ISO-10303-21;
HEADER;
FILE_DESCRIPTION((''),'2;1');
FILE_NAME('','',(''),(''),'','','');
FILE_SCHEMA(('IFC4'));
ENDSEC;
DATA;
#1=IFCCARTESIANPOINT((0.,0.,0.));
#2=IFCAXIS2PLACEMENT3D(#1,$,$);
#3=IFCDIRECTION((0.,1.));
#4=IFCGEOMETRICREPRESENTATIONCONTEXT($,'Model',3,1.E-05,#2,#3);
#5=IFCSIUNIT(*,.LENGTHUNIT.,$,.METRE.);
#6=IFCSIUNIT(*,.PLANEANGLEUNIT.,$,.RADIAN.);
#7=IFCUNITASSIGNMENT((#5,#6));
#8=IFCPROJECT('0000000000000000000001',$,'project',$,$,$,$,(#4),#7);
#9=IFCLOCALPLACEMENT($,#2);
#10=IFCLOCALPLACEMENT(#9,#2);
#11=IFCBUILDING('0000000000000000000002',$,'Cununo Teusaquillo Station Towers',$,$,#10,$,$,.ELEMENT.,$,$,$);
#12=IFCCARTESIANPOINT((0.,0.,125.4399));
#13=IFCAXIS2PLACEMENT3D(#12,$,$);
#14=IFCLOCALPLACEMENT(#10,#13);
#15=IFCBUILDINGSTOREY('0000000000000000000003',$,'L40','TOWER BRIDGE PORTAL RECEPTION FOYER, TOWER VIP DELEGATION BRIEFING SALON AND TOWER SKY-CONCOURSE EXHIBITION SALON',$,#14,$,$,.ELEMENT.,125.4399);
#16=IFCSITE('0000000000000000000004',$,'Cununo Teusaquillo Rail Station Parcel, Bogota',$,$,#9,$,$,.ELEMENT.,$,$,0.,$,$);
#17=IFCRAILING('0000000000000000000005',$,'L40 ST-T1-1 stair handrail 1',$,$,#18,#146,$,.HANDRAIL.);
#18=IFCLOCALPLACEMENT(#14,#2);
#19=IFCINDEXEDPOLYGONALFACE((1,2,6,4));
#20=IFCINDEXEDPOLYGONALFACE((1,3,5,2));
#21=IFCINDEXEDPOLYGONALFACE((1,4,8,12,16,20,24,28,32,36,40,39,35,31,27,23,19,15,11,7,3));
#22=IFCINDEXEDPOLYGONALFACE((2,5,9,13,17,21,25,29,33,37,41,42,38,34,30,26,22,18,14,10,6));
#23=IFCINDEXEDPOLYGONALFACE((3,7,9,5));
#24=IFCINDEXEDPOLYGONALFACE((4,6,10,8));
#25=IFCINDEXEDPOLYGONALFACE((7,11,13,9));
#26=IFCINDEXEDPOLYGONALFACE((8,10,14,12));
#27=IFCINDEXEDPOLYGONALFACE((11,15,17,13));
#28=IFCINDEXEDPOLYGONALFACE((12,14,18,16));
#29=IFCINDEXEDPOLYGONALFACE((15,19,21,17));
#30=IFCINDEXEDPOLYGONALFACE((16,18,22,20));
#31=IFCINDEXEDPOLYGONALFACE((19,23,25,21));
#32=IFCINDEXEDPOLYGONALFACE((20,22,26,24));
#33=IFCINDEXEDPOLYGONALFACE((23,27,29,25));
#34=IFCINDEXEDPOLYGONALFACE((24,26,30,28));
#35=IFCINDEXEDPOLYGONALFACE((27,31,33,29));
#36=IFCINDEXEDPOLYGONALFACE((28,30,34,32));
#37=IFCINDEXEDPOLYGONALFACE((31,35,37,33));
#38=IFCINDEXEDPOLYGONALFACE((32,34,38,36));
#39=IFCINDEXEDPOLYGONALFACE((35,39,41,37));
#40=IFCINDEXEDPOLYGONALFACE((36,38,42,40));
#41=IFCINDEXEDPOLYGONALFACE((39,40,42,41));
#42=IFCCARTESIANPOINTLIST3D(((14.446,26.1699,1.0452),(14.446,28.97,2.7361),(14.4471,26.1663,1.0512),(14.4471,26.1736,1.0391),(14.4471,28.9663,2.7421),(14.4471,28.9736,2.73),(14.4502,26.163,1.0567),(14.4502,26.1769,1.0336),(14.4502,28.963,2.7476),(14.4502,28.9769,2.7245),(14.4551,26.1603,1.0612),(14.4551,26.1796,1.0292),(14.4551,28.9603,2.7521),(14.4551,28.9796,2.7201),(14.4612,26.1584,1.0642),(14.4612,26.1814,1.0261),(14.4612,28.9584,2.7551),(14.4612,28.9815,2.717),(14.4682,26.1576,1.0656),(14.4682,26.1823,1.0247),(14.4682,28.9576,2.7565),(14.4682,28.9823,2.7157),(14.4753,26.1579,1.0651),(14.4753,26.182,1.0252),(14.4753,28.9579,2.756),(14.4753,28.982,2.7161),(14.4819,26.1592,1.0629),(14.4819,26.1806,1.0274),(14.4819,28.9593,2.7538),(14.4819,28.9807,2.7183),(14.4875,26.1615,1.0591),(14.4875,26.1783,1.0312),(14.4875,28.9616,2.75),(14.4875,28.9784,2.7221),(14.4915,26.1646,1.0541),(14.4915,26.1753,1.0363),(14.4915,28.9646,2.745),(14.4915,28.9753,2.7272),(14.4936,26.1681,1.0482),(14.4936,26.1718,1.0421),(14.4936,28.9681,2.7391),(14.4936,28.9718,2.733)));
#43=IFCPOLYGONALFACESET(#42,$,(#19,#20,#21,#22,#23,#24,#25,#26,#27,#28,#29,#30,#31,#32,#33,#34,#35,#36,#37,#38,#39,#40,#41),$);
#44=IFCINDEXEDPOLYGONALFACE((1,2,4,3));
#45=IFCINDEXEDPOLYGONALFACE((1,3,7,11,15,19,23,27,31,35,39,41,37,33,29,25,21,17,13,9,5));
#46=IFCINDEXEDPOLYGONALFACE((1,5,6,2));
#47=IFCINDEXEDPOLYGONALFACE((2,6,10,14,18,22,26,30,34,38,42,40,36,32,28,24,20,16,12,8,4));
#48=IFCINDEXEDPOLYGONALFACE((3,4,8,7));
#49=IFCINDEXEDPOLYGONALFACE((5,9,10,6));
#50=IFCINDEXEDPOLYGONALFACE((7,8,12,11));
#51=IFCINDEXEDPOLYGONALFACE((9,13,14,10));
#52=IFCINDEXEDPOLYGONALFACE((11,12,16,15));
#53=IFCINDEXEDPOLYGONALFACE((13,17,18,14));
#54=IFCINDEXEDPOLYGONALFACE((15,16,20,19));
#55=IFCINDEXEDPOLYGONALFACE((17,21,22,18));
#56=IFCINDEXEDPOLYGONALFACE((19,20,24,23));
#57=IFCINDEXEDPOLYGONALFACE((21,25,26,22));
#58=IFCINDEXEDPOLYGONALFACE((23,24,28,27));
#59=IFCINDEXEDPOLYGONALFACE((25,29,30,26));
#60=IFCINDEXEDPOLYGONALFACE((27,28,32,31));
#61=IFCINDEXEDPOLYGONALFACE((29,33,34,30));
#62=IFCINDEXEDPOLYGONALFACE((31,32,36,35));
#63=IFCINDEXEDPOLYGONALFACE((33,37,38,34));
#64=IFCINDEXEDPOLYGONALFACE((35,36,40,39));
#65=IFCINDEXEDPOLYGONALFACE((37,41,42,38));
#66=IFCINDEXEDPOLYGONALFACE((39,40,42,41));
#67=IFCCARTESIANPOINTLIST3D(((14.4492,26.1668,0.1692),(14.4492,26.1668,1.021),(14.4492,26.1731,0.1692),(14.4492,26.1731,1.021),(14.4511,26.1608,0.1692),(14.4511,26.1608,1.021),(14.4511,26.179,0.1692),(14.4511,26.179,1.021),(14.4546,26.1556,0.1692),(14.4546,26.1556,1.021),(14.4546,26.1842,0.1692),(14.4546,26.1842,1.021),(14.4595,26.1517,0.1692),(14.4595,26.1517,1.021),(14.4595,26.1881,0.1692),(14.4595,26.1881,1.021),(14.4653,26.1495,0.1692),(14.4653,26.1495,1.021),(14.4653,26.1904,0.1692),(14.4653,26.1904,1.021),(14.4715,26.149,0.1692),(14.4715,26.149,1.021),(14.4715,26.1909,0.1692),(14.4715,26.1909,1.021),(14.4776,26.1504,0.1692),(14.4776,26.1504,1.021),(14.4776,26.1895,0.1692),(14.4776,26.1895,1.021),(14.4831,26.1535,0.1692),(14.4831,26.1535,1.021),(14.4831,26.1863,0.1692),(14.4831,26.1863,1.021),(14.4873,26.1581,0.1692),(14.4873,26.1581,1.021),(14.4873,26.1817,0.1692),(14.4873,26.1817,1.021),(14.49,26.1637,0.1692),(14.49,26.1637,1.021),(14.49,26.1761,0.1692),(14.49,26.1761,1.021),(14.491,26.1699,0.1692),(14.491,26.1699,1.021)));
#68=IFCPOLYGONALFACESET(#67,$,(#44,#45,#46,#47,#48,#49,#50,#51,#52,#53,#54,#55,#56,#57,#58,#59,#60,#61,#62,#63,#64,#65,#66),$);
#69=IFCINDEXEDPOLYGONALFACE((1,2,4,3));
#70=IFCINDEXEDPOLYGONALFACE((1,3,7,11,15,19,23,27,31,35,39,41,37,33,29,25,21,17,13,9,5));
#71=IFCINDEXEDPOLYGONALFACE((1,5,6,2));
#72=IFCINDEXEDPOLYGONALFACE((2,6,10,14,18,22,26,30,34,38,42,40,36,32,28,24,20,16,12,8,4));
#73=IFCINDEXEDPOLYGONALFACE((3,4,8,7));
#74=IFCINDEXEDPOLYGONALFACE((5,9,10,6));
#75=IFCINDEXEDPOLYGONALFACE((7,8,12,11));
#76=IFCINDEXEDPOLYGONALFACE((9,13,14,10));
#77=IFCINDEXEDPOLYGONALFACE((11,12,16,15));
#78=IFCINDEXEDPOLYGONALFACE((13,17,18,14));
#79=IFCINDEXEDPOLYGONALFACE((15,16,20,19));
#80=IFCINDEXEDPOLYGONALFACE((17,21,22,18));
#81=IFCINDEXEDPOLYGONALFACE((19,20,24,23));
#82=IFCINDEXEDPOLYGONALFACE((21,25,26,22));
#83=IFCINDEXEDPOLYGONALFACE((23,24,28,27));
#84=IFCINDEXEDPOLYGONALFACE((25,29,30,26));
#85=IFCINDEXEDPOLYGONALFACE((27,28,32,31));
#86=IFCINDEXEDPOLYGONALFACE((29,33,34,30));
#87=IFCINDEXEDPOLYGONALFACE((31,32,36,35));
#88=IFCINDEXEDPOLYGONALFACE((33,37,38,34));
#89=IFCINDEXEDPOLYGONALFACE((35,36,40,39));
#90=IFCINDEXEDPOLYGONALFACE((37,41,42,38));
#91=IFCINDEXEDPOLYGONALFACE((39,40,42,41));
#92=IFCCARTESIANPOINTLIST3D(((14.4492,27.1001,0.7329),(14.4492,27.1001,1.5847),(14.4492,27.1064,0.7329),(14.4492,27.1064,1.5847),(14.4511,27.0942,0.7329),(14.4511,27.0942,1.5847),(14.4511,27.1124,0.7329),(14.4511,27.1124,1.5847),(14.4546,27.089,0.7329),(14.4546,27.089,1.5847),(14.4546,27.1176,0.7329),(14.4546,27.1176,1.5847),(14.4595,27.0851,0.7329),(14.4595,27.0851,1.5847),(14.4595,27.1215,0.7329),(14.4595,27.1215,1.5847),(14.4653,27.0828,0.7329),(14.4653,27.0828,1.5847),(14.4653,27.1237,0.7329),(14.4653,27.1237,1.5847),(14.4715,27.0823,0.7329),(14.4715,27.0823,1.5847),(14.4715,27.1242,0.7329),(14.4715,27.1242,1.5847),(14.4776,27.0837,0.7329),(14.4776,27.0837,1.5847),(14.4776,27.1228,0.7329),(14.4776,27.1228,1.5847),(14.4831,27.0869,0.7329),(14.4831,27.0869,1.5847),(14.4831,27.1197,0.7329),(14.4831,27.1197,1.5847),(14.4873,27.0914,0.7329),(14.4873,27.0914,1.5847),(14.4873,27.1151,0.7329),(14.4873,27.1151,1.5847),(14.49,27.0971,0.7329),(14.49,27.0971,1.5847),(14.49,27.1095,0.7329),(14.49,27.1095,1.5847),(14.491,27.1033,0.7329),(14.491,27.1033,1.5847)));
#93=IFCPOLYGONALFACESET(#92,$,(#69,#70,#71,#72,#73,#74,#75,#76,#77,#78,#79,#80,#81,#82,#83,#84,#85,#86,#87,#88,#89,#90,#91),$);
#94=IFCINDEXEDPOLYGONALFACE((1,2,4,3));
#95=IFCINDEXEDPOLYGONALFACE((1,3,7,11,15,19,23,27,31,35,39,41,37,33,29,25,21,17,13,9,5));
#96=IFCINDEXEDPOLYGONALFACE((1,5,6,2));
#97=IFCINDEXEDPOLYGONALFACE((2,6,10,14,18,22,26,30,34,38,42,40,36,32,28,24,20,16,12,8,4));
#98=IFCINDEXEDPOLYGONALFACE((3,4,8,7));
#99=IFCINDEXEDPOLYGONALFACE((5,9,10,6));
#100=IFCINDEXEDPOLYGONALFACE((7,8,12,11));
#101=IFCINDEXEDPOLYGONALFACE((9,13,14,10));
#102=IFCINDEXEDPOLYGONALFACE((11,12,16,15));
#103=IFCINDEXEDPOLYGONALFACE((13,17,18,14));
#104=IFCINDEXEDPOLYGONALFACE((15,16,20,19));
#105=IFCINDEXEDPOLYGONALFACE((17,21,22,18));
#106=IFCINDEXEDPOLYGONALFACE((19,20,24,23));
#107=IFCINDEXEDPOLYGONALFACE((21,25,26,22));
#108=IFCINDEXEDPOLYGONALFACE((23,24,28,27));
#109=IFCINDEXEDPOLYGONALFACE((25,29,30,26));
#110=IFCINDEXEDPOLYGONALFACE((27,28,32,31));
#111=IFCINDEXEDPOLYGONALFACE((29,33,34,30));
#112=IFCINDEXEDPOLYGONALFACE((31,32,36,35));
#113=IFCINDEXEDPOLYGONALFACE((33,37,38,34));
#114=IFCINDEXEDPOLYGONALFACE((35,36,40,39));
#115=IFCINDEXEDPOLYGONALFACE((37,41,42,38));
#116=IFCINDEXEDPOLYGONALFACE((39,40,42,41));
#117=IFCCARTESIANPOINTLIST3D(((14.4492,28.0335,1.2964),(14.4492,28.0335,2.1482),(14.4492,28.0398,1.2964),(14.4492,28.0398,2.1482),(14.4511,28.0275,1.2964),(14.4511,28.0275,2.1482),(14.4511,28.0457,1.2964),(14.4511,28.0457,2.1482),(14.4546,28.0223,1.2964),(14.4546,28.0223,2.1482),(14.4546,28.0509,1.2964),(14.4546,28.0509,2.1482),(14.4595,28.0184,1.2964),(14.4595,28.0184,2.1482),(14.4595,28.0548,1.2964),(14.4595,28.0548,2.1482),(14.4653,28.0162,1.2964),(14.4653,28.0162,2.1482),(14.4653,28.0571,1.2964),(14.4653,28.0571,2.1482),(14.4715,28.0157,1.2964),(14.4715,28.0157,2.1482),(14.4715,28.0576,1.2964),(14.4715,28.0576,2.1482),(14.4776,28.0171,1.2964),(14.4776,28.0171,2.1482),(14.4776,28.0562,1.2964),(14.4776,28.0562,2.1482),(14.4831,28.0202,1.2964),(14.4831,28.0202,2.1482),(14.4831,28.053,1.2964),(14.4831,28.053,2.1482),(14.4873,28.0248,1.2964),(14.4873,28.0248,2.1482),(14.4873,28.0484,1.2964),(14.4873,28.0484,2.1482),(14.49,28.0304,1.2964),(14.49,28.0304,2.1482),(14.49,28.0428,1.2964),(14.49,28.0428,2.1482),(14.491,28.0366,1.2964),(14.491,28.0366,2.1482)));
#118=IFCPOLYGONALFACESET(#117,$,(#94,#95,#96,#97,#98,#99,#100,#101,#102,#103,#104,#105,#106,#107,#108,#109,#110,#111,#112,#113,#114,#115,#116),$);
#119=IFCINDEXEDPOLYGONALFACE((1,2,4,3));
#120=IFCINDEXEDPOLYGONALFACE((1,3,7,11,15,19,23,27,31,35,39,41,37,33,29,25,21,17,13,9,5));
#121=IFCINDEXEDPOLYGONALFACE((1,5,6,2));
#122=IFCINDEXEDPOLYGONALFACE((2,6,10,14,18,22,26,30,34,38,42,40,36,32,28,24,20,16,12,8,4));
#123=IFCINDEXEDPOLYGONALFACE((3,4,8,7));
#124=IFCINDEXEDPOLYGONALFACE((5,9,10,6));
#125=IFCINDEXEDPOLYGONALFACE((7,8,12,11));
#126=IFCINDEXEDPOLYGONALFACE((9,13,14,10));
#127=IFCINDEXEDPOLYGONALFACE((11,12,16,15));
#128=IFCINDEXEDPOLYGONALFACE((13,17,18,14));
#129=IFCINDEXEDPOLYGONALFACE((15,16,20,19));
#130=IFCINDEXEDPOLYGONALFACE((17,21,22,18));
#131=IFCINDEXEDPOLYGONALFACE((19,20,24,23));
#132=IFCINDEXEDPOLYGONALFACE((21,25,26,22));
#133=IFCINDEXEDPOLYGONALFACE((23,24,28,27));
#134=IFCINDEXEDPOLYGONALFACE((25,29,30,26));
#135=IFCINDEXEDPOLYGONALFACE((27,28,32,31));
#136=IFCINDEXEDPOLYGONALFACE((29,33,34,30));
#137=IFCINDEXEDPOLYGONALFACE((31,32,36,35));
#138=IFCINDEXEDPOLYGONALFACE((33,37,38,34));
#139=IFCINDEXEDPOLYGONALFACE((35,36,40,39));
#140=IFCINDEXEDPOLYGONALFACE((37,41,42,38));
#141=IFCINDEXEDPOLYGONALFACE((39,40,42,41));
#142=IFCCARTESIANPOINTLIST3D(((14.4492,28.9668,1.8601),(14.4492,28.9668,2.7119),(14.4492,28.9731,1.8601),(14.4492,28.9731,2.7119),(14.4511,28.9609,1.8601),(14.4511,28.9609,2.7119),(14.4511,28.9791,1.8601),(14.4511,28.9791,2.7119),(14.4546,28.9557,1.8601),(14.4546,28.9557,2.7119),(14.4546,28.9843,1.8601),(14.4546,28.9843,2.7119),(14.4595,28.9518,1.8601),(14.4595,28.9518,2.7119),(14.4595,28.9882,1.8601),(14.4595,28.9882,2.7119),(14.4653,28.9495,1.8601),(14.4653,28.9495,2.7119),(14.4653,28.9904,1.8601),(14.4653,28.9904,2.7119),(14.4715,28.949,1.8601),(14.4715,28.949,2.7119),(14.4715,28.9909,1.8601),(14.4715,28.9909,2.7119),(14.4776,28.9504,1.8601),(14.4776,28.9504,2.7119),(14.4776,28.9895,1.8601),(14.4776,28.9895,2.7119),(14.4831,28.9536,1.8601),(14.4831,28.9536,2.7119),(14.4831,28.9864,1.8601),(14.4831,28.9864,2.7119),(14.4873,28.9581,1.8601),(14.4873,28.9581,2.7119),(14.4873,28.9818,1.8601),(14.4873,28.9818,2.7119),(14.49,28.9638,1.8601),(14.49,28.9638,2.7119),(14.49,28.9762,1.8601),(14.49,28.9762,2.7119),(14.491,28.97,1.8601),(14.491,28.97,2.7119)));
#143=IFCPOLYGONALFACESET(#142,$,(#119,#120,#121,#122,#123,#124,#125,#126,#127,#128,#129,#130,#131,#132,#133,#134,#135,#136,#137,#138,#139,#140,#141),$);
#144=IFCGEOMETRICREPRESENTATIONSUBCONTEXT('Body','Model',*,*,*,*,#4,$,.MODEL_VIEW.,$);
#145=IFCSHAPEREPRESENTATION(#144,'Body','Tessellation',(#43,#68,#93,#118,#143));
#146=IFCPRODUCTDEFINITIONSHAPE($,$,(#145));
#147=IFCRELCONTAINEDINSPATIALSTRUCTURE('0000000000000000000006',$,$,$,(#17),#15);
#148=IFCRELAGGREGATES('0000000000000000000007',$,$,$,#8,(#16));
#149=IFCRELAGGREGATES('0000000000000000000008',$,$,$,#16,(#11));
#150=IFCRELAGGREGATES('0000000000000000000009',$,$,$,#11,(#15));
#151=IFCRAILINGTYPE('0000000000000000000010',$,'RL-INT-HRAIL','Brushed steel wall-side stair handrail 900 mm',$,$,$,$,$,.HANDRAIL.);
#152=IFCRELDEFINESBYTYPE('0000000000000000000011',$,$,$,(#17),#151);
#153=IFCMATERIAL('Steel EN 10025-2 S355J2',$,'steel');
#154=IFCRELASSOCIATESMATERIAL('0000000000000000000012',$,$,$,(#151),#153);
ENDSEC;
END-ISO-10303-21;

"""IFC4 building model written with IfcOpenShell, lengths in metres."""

from ifc_helpers import new_model, si_unit, direction, frame, origin, origin_2d, place, context, subcontext, project, spatial, circle, extrude, material, type_object, element, save


model = new_model("IFC4")

# Units and contexts
model_context = context("Model", 3, precision=1e-05, world=origin(), true_north=direction((0.0, 1.0)))
body_context = subcontext(model_context, "Body", "Model", "MODEL_VIEW")
ifc_project = project(units=[si_unit("LENGTHUNIT", "METRE"), si_unit("PLANEANGLEUNIT", "RADIAN")], contexts=[model_context])

# Site, building, storey
site_placement = place(None, origin())
site = spatial("IfcSite", under=ifc_project, at=site_placement, Name="Cununo Teusaquillo Rail Station Parcel, Bogota", CompositionType="ELEMENT", RefElevation=0.0)
building_placement = place(site_placement, origin())
building = spatial("IfcBuilding", under=site, at=building_placement, Name="Cununo Teusaquillo Station Towers", CompositionType="ELEMENT")
storey_placement = place(building_placement, frame((0.0, 0.0, 125.4399)))
storey = spatial("IfcBuildingStorey", under=building, at=storey_placement, Name="L40", Description="TOWER BRIDGE PORTAL RECEPTION FOYER, TOWER VIP DELEGATION BRIEFING SALON AND TOWER SKY-CONCOURSE EXHIBITION SALON", CompositionType="ELEMENT", Elevation=125.4399)

# Railing
ifc_material_1 = material(Name="Steel EN 10025-2 S355J2", Category="steel")
railing_type_1 = type_object("IfcRailingType", Name="RL-INT-HRAIL", Description="Brushed steel wall-side stair handrail 900 mm", PredefinedType="HANDRAIL", material=ifc_material_1)
railing_1_placement = place(storey_placement, frame((14.47, 26.1699, 0.1692)))
element("IfcRailing", 1, at=railing_1_placement, inside=storey, type_object=railing_type_1, Name="L40 ST-T1-1 stair handrail 1", PredefinedType="HANDRAIL", context=body_context, shape_type="SweptSolid", body=[
    extrude(circle(Radius=0.0239, at=origin_2d()), frame((0.0, 0.0, 0.876), z_axis=(0.0, 0.856021, 0.516941), x_axis=(-1.0, 0.0, 0.0)), (0.0, 0.0, 1.0), 3.271),
    extrude(circle(Radius=0.021, at=origin_2d()), origin(), (0.0, 0.0, 1.0), 0.8518),
    extrude(circle(Radius=0.021, at=origin_2d()), frame((0.0, 0.9333, 0.5637)), (0.0, 0.0, 1.0), 0.8518),
    extrude(circle(Radius=0.021, at=origin_2d()), frame((0.0, 1.8667, 1.1272)), (0.0, 0.0, 1.0), 0.8518),
    extrude(circle(Radius=0.021, at=origin_2d()), frame((0.0, 2.8, 1.6909)), (0.0, 0.0, 1.0), 0.8518),
])

save(model, "model.ifc")
